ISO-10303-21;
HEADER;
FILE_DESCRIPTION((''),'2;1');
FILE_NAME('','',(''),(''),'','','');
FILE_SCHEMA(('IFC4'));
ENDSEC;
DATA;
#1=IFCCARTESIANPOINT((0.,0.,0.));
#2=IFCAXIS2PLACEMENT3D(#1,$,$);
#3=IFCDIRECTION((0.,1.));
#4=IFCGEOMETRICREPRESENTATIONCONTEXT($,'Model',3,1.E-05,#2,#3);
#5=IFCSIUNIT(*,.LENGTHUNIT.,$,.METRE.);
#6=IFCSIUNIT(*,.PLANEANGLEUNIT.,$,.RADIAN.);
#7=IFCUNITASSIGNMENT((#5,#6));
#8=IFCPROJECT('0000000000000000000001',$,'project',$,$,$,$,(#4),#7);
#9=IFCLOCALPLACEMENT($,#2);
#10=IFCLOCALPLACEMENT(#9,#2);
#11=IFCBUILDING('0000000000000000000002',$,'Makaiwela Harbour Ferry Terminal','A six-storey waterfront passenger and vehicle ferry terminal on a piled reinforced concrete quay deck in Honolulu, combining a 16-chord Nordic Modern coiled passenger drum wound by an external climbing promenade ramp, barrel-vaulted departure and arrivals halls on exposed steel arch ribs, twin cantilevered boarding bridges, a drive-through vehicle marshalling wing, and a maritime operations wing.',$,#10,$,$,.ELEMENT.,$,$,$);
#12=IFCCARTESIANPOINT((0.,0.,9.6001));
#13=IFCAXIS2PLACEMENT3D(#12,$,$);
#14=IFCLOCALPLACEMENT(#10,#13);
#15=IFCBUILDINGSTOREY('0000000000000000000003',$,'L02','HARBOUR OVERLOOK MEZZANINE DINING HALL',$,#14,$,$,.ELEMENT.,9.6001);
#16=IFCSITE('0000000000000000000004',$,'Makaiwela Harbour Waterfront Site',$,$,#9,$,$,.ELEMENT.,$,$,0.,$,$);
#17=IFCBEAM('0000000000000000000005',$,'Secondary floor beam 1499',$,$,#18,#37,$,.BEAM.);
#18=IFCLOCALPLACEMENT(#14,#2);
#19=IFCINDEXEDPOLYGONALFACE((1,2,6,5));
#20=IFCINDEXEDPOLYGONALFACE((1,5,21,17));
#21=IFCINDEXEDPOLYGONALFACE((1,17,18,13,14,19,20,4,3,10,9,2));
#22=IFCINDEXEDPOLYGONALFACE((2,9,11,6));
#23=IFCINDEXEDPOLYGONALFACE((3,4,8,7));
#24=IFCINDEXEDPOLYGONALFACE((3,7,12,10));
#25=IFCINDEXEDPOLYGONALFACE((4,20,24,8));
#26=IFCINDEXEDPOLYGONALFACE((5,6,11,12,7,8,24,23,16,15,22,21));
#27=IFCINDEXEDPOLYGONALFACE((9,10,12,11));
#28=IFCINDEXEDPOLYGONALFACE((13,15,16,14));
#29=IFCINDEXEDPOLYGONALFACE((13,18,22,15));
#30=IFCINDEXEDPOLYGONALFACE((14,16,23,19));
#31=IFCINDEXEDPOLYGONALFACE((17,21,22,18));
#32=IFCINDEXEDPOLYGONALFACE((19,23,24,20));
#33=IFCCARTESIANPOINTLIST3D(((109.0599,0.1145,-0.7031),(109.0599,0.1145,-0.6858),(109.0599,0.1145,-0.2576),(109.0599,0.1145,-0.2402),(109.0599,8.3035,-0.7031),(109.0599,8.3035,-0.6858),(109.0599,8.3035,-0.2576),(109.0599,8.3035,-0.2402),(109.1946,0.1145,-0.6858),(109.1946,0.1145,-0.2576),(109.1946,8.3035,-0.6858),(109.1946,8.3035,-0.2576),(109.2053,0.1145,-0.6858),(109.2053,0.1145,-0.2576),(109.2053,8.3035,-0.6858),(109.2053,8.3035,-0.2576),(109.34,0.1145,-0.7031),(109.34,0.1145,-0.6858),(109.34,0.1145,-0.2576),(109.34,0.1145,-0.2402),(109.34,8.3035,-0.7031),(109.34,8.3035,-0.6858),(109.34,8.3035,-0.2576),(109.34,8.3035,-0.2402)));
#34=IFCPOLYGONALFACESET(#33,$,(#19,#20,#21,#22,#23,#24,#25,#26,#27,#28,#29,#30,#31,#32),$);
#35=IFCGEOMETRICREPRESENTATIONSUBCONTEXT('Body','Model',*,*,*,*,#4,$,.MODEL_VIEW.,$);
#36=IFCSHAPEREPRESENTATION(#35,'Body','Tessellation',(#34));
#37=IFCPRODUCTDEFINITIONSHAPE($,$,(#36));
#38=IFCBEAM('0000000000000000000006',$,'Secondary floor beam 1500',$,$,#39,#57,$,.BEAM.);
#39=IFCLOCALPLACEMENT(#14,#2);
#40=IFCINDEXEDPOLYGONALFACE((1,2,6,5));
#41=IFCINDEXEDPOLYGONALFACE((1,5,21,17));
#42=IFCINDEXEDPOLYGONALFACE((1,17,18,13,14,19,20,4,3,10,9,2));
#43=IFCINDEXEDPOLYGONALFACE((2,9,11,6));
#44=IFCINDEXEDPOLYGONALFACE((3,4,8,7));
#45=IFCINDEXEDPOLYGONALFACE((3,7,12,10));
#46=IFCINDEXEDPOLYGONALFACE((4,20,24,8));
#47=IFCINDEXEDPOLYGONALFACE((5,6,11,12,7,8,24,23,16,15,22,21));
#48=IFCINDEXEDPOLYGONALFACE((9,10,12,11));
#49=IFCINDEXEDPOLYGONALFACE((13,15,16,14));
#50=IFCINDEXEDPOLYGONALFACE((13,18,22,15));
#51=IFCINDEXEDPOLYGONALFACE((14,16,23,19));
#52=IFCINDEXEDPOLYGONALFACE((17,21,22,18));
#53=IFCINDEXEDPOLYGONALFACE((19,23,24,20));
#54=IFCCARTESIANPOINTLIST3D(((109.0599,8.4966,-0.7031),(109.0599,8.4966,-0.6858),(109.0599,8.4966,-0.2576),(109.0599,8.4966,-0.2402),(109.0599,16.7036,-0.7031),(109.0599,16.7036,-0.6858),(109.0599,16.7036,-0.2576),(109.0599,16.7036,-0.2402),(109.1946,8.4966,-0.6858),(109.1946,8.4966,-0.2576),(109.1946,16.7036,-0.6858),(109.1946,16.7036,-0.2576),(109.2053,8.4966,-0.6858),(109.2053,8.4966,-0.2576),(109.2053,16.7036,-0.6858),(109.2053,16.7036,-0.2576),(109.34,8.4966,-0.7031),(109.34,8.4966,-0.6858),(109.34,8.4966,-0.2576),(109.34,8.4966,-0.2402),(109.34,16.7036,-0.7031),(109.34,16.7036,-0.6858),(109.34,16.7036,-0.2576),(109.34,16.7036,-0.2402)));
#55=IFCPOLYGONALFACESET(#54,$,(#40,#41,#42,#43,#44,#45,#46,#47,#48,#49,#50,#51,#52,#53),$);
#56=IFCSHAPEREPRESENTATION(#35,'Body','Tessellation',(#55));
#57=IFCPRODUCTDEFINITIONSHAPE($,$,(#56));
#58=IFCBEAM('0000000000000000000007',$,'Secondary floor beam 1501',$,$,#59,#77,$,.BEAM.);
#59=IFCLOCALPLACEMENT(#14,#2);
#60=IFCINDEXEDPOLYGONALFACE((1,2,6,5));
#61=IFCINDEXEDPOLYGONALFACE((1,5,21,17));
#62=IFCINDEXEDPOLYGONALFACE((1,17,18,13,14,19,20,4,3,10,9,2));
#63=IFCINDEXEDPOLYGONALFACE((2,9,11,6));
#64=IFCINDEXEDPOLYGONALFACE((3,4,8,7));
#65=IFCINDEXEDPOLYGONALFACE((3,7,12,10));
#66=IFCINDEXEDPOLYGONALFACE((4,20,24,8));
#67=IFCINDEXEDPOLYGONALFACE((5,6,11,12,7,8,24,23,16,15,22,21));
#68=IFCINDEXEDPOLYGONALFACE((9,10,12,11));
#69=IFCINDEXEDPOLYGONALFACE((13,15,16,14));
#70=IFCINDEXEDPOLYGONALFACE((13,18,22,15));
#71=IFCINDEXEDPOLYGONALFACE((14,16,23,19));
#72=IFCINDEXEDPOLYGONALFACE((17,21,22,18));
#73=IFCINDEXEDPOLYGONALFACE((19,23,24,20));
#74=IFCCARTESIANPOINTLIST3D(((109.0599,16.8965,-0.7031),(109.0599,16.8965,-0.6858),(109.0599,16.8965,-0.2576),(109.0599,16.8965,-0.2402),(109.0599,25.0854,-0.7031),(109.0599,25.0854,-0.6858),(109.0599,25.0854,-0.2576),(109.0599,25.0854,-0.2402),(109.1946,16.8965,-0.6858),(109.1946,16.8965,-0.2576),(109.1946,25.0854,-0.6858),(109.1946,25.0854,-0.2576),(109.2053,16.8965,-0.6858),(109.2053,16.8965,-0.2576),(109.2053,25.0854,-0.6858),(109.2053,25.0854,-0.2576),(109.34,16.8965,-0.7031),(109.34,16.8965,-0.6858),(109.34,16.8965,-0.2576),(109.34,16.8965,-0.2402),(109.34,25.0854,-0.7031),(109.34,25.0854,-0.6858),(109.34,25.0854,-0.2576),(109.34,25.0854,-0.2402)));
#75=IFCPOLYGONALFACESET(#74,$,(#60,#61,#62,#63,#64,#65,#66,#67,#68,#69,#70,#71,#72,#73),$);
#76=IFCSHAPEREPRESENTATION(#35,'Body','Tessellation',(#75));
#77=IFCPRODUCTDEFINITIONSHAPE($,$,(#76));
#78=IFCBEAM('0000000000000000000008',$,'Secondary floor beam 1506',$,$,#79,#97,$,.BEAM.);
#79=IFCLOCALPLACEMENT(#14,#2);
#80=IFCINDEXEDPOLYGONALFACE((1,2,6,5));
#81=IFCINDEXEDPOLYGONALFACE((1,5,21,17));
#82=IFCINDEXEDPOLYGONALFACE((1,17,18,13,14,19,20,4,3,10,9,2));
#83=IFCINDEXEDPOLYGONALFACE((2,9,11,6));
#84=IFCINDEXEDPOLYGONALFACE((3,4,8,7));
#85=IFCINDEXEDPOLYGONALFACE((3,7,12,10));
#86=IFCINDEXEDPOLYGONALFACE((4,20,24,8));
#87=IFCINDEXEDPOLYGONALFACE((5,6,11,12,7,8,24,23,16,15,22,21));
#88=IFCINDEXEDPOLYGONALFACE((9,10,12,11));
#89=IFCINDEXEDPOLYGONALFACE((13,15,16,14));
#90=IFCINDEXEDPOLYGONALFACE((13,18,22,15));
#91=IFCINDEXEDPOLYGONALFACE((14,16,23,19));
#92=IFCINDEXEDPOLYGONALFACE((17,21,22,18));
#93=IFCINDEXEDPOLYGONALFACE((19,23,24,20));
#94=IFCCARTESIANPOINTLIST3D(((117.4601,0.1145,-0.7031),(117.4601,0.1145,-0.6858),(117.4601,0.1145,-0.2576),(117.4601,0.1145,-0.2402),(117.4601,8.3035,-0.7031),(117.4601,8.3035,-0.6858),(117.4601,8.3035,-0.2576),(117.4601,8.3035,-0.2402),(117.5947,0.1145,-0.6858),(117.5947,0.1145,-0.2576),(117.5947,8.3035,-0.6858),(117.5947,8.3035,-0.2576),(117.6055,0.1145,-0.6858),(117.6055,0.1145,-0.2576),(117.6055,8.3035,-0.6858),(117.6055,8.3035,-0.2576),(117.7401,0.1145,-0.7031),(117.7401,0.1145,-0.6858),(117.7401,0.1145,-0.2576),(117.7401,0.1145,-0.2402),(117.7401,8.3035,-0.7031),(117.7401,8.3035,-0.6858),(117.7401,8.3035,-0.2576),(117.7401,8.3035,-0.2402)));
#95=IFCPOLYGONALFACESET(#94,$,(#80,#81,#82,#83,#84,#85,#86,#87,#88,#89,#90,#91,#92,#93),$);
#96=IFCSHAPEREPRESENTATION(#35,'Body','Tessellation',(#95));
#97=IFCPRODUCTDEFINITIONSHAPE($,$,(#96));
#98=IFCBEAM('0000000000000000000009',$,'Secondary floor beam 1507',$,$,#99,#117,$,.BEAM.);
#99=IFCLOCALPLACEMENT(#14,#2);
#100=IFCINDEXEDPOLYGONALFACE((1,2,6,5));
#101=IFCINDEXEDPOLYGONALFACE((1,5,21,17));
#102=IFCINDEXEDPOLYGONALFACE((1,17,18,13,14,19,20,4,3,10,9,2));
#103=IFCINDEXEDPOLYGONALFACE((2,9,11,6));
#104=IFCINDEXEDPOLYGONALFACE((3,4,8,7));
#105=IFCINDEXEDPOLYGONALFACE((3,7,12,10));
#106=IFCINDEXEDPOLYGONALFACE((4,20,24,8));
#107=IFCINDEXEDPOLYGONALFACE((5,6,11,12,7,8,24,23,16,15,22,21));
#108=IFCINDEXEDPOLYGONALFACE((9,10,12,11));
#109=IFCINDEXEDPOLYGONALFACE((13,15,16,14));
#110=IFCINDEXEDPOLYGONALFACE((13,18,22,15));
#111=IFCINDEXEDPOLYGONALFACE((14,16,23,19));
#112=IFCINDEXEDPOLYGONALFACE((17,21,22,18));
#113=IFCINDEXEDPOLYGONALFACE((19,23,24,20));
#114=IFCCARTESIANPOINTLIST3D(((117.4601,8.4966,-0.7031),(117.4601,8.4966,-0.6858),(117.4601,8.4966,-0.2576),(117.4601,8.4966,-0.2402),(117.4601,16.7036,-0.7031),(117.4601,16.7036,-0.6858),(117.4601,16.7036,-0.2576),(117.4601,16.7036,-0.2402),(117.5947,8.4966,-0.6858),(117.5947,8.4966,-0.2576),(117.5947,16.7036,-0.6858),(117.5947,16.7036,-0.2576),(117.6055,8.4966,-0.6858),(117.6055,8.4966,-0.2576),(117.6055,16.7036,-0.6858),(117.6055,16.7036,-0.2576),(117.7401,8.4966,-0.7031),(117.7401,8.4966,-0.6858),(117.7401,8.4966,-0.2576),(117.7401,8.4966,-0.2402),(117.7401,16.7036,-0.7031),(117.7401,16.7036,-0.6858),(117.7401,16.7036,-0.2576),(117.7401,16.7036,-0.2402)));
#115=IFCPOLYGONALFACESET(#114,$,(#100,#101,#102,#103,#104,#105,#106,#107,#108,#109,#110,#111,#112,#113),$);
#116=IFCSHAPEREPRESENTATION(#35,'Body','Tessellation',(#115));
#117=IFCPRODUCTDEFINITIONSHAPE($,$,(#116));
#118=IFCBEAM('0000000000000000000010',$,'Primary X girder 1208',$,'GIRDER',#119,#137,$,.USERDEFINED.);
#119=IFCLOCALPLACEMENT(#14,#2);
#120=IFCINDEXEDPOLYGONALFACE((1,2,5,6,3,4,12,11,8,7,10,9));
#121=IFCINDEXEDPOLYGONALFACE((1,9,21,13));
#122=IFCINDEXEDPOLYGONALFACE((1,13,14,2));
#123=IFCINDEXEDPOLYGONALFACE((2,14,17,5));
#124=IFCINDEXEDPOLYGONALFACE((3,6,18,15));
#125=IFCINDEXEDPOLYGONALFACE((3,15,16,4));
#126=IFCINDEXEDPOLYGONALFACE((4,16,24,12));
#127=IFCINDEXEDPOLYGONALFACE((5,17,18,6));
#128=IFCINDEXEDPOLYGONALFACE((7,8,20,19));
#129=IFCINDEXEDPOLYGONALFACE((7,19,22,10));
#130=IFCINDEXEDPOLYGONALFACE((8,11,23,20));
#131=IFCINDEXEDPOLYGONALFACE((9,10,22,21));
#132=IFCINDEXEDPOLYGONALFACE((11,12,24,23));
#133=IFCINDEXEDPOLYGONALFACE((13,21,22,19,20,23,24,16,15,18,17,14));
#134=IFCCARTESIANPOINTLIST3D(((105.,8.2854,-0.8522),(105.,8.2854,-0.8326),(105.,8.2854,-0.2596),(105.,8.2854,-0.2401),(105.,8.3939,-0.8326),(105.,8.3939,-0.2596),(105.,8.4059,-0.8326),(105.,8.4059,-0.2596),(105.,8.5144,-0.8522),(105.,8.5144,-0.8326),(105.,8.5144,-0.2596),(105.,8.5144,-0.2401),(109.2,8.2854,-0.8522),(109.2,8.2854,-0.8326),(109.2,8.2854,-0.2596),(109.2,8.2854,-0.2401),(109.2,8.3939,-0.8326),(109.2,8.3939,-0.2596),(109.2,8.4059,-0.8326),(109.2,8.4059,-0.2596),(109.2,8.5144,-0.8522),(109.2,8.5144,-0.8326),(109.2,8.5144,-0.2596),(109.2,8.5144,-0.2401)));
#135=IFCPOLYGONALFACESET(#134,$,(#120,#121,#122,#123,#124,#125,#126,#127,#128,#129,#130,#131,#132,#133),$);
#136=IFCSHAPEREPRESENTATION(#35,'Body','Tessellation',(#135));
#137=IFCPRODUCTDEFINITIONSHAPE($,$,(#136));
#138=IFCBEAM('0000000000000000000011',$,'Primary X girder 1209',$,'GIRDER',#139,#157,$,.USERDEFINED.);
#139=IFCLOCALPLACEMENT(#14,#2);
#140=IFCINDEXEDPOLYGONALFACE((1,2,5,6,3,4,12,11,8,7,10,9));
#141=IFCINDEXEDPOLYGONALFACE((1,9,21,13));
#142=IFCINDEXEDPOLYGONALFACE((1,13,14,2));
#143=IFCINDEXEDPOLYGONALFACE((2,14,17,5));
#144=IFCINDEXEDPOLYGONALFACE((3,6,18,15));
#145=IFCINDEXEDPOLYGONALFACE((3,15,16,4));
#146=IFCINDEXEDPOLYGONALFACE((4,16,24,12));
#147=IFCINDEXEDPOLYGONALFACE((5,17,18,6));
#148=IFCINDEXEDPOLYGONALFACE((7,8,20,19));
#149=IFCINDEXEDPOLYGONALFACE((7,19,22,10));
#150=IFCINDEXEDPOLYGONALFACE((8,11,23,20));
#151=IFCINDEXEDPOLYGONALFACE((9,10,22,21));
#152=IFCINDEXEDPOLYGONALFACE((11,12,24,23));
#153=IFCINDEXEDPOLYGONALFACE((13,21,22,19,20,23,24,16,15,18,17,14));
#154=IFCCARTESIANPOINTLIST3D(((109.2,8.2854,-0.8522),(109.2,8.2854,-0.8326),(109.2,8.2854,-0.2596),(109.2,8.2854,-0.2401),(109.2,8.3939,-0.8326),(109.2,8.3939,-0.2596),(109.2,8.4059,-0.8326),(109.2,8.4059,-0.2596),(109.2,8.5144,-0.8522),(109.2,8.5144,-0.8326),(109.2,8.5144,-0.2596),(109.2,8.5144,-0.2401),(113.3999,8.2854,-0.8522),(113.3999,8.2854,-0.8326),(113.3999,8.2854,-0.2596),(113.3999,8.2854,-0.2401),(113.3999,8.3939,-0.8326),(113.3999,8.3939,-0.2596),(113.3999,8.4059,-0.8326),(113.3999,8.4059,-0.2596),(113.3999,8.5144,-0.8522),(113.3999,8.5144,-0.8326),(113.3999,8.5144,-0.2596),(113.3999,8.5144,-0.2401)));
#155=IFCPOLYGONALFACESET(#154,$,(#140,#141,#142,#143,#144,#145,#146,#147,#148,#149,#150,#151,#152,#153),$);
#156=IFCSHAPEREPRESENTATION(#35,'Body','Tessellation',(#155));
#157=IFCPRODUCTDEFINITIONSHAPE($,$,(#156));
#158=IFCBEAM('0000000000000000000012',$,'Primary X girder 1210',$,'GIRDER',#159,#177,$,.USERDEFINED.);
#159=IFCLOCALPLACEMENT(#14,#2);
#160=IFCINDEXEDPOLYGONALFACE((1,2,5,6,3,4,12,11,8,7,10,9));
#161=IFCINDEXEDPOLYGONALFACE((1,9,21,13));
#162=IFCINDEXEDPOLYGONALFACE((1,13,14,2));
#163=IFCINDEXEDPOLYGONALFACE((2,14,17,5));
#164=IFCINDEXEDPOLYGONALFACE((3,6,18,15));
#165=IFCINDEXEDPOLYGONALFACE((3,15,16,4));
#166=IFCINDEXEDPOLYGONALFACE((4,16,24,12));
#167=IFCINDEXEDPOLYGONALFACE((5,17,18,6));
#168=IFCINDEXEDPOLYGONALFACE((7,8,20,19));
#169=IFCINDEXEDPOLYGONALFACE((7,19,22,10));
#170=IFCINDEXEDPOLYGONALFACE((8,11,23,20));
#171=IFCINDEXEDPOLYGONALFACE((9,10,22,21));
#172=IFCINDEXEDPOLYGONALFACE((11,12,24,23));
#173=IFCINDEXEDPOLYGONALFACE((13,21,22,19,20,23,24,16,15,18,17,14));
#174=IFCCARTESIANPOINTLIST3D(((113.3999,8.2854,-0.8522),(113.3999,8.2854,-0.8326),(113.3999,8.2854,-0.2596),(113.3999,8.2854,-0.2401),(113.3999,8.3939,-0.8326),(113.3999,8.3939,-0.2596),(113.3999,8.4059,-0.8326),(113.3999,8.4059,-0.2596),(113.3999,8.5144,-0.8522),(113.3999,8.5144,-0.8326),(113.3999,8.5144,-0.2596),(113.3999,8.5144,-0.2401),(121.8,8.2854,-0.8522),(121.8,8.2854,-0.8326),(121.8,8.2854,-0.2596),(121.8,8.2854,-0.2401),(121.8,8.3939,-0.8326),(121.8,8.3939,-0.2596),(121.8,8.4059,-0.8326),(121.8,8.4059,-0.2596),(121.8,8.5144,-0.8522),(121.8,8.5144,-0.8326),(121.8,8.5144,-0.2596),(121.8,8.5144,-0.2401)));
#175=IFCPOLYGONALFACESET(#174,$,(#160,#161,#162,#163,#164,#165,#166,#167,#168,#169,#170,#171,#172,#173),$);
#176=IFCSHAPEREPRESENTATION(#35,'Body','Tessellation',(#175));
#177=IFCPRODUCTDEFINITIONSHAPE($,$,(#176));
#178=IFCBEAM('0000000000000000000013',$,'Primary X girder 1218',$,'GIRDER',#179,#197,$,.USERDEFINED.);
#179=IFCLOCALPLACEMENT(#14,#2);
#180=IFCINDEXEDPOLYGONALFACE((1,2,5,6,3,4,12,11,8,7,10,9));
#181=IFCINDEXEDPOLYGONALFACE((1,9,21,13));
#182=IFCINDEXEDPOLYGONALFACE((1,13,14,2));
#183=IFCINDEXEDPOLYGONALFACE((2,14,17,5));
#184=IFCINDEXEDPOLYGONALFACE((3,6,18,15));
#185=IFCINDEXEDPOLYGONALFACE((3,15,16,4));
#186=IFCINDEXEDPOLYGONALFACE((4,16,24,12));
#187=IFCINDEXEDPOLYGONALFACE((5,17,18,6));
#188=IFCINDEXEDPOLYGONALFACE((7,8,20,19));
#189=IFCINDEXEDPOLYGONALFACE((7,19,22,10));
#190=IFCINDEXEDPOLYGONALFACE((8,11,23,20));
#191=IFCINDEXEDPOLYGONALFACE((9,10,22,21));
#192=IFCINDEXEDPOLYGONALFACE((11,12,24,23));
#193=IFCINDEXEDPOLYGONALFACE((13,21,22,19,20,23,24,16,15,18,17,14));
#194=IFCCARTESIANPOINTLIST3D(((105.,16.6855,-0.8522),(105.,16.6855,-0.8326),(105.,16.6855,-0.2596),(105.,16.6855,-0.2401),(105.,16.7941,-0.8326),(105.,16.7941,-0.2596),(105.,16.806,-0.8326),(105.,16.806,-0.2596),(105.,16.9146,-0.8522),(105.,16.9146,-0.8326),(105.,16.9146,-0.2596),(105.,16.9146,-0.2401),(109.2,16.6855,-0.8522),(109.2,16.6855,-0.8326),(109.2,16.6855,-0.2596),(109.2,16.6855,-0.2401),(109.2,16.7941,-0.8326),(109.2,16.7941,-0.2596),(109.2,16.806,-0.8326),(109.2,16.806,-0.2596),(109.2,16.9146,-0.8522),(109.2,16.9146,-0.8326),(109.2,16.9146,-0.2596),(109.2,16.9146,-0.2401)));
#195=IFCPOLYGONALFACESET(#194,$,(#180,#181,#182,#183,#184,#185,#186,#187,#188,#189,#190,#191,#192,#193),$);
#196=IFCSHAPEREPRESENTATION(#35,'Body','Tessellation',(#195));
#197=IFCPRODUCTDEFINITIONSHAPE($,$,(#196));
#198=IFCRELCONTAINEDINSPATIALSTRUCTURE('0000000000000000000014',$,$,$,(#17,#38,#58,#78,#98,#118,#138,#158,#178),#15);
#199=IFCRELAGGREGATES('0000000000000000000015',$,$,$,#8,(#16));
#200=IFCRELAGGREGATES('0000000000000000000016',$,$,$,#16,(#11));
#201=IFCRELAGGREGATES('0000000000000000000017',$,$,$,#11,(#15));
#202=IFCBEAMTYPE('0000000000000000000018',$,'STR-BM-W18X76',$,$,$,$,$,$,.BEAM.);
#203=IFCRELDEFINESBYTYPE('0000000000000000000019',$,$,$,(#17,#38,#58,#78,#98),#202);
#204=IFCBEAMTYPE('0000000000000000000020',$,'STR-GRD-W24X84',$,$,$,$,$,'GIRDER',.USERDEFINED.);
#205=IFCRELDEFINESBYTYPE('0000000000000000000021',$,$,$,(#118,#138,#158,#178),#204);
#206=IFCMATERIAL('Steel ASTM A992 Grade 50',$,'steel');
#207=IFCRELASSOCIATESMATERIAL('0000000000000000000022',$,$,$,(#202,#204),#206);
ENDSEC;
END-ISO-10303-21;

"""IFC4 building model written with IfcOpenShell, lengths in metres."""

from ifc_helpers import new_model, si_unit, direction, frame, origin, origin_2d, place, context, subcontext, project, spatial, i_section, extrude, material, material_profile, profile_set, type_object, element, save


model = new_model("IFC4")

# Units and contexts
model_context = context("Model", 3, precision=1e-05, world=origin(), true_north=direction((0.0, 1.0)))
body_context = subcontext(model_context, "Body", "Model", "MODEL_VIEW")
ifc_project = project(units=[si_unit("LENGTHUNIT", "METRE"), si_unit("PLANEANGLEUNIT", "RADIAN")], contexts=[model_context])

# Site, building, storey
site_placement = place(None, origin())
site = spatial("IfcSite", under=ifc_project, at=site_placement, Name="Makaiwela Harbour Waterfront Site", CompositionType="ELEMENT", RefElevation=0.0)
building_placement = place(site_placement, origin())
building = spatial("IfcBuilding", under=site, at=building_placement, Name="Makaiwela Harbour Ferry Terminal", Description="A six-storey waterfront passenger and vehicle ferry terminal on a piled reinforced concrete quay deck in Honolulu, combining a 16-chord Nordic Modern coiled passenger drum wound by an external climbing promenade ramp, barrel-vaulted departure and arrivals halls on exposed steel arch ribs, twin cantilevered boarding bridges, a drive-through vehicle marshalling wing, and a maritime operations wing.", CompositionType="ELEMENT")
storey_placement = place(building_placement, frame((0.0, 0.0, 9.6001)))
storey = spatial("IfcBuildingStorey", under=building, at=storey_placement, Name="L02", Description="HARBOUR OVERLOOK MEZZANINE DINING HALL", CompositionType="ELEMENT", Elevation=9.6001)

# Beams
ifc_material = material(Name="Steel ASTM A992 Grade 50", Category="steel")
ifc_material_profile_1 = material_profile(ifc_material, i_section(OverallWidth=0.28, OverallDepth=0.4629, WebThickness=0.0107, FlangeThickness=0.0173, at=origin_2d()), Name="W18X76")
ifc_profile_set_1 = profile_set([ifc_material_profile_1], Name="Steel ASTM A992 Grade 50")
beam_type_1 = type_object("IfcBeamType", Name="STR-BM-W18X76", PredefinedType="BEAM", material=ifc_profile_set_1)
beam_1_placement = place(storey_placement, frame((109.2, 0.1145, -0.4717), z_axis=(0.0, 1.0, 0.0), x_axis=(-1.0, 0.0, 0.0)))
element("IfcBeam", 1, at=beam_1_placement, inside=storey, type_object=beam_type_1, Name="Secondary floor beam 1499", PredefinedType="BEAM", context=body_context, shape_type="SweptSolid", body=[
    extrude(i_section(OverallWidth=0.28, OverallDepth=0.4629, WebThickness=0.0107, FlangeThickness=0.0173, at=origin_2d()), origin(), (0.0, 0.0, 1.0), 8.189),
])
beam_2_placement = place(storey_placement, frame((109.2, 8.4966, -0.4717), z_axis=(0.0, 1.0, 0.0), x_axis=(-1.0, 0.0, 0.0)))
element("IfcBeam", 2, at=beam_2_placement, inside=storey, type_object=beam_type_1, Name="Secondary floor beam 1500", PredefinedType="BEAM", context=body_context, shape_type="SweptSolid", body=[
    extrude(i_section(OverallWidth=0.28, OverallDepth=0.4629, WebThickness=0.0107, FlangeThickness=0.0173, at=origin_2d()), origin(), (0.0, 0.0, 1.0), 8.207),
])
for number, where, z_axis, x_axis, name in (
    (3, (109.2, 16.8965, -0.4717), (0.0, 1.0, 0.0), (-1.0, 0.0, 0.0), "Secondary floor beam 1501"),
    (4, (117.6001, 0.1145, -0.4717), (0.0, 1.0, 0.0), (-1.0, 0.0, 0.0), "Secondary floor beam 1506"),
):
    element("IfcBeam", number, at=place(storey_placement, frame(where, z_axis=z_axis, x_axis=x_axis)), inside=storey, type_object=beam_type_1, Name=name, PredefinedType="BEAM", context=body_context, shape_type="SweptSolid", body=[
        extrude(i_section(OverallWidth=0.28, OverallDepth=0.4629, WebThickness=0.0107, FlangeThickness=0.0173, at=origin_2d()), origin(), (0.0, 0.0, 1.0), 8.189),
    ])
beam_3_placement = place(storey_placement, frame((117.6001, 8.4966, -0.4717), z_axis=(0.0, 1.0, 0.0), x_axis=(-1.0, 0.0, 0.0)))
element("IfcBeam", 5, at=beam_3_placement, inside=storey, type_object=beam_type_1, Name="Secondary floor beam 1507", PredefinedType="BEAM", context=body_context, shape_type="SweptSolid", body=[
    extrude(i_section(OverallWidth=0.28, OverallDepth=0.4629, WebThickness=0.0107, FlangeThickness=0.0173, at=origin_2d()), origin(), (0.0, 0.0, 1.0), 8.207),
])
ifc_material_profile_2 = material_profile(ifc_material, i_section(OverallWidth=0.229, OverallDepth=0.6121, WebThickness=0.012, FlangeThickness=0.0195, at=origin_2d()), Name="W24X84")
ifc_profile_set_2 = profile_set([ifc_material_profile_2], Name="Steel ASTM A992 Grade 50")
beam_type_2 = type_object("IfcBeamType", Name="STR-GRD-W24X84", ElementType="GIRDER", PredefinedType="USERDEFINED", material=ifc_profile_set_2)
for number, where, z_axis, x_axis, name in (
    (6, (105.0, 8.3999, -0.5461), (1.0, 0.0, 0.0), (0.0, 1.0, 0.0), "Primary X girder 1208"),
    (7, (109.2, 8.3999, -0.5461), (1.0, 0.0, 0.0), (0.0, 1.0, 0.0), "Primary X girder 1209"),
):
    element("IfcBeam", number, at=place(storey_placement, frame(where, z_axis=z_axis, x_axis=x_axis)), inside=storey, type_object=beam_type_2, Name=name, ObjectType="GIRDER", PredefinedType="USERDEFINED", context=body_context, shape_type="SweptSolid", body=[
        extrude(i_section(OverallWidth=0.229, OverallDepth=0.6121, WebThickness=0.012, FlangeThickness=0.0195, at=origin_2d()), origin(), (0.0, 0.0, 1.0), 4.2),
    ])
beam_4_placement = place(storey_placement, frame((113.3999, 8.3999, -0.5461), z_axis=(1.0, 0.0, 0.0), x_axis=(0.0, 1.0, 0.0)))
element("IfcBeam", 8, at=beam_4_placement, inside=storey, type_object=beam_type_2, Name="Primary X girder 1210", ObjectType="GIRDER", PredefinedType="USERDEFINED", context=body_context, shape_type="SweptSolid", body=[
    extrude(i_section(OverallWidth=0.229, OverallDepth=0.6121, WebThickness=0.012, FlangeThickness=0.0195, at=origin_2d()), origin(), (0.0, 0.0, 1.0), 8.4001),
])
for number, where, z_axis, x_axis, name in (
    (9, (105.0, 16.8, -0.5461), (1.0, 0.0, 0.0), (0.0, 1.0, 0.0), "Primary X girder 1218"),
):
    element("IfcBeam", number, at=place(storey_placement, frame(where, z_axis=z_axis, x_axis=x_axis)), inside=storey, type_object=beam_type_2, Name=name, ObjectType="GIRDER", PredefinedType="USERDEFINED", context=body_context, shape_type="SweptSolid", body=[
        extrude(i_section(OverallWidth=0.229, OverallDepth=0.6121, WebThickness=0.012, FlangeThickness=0.0195, at=origin_2d()), origin(), (0.0, 0.0, 1.0), 4.2),
    ])

save(model, "model.ifc")
